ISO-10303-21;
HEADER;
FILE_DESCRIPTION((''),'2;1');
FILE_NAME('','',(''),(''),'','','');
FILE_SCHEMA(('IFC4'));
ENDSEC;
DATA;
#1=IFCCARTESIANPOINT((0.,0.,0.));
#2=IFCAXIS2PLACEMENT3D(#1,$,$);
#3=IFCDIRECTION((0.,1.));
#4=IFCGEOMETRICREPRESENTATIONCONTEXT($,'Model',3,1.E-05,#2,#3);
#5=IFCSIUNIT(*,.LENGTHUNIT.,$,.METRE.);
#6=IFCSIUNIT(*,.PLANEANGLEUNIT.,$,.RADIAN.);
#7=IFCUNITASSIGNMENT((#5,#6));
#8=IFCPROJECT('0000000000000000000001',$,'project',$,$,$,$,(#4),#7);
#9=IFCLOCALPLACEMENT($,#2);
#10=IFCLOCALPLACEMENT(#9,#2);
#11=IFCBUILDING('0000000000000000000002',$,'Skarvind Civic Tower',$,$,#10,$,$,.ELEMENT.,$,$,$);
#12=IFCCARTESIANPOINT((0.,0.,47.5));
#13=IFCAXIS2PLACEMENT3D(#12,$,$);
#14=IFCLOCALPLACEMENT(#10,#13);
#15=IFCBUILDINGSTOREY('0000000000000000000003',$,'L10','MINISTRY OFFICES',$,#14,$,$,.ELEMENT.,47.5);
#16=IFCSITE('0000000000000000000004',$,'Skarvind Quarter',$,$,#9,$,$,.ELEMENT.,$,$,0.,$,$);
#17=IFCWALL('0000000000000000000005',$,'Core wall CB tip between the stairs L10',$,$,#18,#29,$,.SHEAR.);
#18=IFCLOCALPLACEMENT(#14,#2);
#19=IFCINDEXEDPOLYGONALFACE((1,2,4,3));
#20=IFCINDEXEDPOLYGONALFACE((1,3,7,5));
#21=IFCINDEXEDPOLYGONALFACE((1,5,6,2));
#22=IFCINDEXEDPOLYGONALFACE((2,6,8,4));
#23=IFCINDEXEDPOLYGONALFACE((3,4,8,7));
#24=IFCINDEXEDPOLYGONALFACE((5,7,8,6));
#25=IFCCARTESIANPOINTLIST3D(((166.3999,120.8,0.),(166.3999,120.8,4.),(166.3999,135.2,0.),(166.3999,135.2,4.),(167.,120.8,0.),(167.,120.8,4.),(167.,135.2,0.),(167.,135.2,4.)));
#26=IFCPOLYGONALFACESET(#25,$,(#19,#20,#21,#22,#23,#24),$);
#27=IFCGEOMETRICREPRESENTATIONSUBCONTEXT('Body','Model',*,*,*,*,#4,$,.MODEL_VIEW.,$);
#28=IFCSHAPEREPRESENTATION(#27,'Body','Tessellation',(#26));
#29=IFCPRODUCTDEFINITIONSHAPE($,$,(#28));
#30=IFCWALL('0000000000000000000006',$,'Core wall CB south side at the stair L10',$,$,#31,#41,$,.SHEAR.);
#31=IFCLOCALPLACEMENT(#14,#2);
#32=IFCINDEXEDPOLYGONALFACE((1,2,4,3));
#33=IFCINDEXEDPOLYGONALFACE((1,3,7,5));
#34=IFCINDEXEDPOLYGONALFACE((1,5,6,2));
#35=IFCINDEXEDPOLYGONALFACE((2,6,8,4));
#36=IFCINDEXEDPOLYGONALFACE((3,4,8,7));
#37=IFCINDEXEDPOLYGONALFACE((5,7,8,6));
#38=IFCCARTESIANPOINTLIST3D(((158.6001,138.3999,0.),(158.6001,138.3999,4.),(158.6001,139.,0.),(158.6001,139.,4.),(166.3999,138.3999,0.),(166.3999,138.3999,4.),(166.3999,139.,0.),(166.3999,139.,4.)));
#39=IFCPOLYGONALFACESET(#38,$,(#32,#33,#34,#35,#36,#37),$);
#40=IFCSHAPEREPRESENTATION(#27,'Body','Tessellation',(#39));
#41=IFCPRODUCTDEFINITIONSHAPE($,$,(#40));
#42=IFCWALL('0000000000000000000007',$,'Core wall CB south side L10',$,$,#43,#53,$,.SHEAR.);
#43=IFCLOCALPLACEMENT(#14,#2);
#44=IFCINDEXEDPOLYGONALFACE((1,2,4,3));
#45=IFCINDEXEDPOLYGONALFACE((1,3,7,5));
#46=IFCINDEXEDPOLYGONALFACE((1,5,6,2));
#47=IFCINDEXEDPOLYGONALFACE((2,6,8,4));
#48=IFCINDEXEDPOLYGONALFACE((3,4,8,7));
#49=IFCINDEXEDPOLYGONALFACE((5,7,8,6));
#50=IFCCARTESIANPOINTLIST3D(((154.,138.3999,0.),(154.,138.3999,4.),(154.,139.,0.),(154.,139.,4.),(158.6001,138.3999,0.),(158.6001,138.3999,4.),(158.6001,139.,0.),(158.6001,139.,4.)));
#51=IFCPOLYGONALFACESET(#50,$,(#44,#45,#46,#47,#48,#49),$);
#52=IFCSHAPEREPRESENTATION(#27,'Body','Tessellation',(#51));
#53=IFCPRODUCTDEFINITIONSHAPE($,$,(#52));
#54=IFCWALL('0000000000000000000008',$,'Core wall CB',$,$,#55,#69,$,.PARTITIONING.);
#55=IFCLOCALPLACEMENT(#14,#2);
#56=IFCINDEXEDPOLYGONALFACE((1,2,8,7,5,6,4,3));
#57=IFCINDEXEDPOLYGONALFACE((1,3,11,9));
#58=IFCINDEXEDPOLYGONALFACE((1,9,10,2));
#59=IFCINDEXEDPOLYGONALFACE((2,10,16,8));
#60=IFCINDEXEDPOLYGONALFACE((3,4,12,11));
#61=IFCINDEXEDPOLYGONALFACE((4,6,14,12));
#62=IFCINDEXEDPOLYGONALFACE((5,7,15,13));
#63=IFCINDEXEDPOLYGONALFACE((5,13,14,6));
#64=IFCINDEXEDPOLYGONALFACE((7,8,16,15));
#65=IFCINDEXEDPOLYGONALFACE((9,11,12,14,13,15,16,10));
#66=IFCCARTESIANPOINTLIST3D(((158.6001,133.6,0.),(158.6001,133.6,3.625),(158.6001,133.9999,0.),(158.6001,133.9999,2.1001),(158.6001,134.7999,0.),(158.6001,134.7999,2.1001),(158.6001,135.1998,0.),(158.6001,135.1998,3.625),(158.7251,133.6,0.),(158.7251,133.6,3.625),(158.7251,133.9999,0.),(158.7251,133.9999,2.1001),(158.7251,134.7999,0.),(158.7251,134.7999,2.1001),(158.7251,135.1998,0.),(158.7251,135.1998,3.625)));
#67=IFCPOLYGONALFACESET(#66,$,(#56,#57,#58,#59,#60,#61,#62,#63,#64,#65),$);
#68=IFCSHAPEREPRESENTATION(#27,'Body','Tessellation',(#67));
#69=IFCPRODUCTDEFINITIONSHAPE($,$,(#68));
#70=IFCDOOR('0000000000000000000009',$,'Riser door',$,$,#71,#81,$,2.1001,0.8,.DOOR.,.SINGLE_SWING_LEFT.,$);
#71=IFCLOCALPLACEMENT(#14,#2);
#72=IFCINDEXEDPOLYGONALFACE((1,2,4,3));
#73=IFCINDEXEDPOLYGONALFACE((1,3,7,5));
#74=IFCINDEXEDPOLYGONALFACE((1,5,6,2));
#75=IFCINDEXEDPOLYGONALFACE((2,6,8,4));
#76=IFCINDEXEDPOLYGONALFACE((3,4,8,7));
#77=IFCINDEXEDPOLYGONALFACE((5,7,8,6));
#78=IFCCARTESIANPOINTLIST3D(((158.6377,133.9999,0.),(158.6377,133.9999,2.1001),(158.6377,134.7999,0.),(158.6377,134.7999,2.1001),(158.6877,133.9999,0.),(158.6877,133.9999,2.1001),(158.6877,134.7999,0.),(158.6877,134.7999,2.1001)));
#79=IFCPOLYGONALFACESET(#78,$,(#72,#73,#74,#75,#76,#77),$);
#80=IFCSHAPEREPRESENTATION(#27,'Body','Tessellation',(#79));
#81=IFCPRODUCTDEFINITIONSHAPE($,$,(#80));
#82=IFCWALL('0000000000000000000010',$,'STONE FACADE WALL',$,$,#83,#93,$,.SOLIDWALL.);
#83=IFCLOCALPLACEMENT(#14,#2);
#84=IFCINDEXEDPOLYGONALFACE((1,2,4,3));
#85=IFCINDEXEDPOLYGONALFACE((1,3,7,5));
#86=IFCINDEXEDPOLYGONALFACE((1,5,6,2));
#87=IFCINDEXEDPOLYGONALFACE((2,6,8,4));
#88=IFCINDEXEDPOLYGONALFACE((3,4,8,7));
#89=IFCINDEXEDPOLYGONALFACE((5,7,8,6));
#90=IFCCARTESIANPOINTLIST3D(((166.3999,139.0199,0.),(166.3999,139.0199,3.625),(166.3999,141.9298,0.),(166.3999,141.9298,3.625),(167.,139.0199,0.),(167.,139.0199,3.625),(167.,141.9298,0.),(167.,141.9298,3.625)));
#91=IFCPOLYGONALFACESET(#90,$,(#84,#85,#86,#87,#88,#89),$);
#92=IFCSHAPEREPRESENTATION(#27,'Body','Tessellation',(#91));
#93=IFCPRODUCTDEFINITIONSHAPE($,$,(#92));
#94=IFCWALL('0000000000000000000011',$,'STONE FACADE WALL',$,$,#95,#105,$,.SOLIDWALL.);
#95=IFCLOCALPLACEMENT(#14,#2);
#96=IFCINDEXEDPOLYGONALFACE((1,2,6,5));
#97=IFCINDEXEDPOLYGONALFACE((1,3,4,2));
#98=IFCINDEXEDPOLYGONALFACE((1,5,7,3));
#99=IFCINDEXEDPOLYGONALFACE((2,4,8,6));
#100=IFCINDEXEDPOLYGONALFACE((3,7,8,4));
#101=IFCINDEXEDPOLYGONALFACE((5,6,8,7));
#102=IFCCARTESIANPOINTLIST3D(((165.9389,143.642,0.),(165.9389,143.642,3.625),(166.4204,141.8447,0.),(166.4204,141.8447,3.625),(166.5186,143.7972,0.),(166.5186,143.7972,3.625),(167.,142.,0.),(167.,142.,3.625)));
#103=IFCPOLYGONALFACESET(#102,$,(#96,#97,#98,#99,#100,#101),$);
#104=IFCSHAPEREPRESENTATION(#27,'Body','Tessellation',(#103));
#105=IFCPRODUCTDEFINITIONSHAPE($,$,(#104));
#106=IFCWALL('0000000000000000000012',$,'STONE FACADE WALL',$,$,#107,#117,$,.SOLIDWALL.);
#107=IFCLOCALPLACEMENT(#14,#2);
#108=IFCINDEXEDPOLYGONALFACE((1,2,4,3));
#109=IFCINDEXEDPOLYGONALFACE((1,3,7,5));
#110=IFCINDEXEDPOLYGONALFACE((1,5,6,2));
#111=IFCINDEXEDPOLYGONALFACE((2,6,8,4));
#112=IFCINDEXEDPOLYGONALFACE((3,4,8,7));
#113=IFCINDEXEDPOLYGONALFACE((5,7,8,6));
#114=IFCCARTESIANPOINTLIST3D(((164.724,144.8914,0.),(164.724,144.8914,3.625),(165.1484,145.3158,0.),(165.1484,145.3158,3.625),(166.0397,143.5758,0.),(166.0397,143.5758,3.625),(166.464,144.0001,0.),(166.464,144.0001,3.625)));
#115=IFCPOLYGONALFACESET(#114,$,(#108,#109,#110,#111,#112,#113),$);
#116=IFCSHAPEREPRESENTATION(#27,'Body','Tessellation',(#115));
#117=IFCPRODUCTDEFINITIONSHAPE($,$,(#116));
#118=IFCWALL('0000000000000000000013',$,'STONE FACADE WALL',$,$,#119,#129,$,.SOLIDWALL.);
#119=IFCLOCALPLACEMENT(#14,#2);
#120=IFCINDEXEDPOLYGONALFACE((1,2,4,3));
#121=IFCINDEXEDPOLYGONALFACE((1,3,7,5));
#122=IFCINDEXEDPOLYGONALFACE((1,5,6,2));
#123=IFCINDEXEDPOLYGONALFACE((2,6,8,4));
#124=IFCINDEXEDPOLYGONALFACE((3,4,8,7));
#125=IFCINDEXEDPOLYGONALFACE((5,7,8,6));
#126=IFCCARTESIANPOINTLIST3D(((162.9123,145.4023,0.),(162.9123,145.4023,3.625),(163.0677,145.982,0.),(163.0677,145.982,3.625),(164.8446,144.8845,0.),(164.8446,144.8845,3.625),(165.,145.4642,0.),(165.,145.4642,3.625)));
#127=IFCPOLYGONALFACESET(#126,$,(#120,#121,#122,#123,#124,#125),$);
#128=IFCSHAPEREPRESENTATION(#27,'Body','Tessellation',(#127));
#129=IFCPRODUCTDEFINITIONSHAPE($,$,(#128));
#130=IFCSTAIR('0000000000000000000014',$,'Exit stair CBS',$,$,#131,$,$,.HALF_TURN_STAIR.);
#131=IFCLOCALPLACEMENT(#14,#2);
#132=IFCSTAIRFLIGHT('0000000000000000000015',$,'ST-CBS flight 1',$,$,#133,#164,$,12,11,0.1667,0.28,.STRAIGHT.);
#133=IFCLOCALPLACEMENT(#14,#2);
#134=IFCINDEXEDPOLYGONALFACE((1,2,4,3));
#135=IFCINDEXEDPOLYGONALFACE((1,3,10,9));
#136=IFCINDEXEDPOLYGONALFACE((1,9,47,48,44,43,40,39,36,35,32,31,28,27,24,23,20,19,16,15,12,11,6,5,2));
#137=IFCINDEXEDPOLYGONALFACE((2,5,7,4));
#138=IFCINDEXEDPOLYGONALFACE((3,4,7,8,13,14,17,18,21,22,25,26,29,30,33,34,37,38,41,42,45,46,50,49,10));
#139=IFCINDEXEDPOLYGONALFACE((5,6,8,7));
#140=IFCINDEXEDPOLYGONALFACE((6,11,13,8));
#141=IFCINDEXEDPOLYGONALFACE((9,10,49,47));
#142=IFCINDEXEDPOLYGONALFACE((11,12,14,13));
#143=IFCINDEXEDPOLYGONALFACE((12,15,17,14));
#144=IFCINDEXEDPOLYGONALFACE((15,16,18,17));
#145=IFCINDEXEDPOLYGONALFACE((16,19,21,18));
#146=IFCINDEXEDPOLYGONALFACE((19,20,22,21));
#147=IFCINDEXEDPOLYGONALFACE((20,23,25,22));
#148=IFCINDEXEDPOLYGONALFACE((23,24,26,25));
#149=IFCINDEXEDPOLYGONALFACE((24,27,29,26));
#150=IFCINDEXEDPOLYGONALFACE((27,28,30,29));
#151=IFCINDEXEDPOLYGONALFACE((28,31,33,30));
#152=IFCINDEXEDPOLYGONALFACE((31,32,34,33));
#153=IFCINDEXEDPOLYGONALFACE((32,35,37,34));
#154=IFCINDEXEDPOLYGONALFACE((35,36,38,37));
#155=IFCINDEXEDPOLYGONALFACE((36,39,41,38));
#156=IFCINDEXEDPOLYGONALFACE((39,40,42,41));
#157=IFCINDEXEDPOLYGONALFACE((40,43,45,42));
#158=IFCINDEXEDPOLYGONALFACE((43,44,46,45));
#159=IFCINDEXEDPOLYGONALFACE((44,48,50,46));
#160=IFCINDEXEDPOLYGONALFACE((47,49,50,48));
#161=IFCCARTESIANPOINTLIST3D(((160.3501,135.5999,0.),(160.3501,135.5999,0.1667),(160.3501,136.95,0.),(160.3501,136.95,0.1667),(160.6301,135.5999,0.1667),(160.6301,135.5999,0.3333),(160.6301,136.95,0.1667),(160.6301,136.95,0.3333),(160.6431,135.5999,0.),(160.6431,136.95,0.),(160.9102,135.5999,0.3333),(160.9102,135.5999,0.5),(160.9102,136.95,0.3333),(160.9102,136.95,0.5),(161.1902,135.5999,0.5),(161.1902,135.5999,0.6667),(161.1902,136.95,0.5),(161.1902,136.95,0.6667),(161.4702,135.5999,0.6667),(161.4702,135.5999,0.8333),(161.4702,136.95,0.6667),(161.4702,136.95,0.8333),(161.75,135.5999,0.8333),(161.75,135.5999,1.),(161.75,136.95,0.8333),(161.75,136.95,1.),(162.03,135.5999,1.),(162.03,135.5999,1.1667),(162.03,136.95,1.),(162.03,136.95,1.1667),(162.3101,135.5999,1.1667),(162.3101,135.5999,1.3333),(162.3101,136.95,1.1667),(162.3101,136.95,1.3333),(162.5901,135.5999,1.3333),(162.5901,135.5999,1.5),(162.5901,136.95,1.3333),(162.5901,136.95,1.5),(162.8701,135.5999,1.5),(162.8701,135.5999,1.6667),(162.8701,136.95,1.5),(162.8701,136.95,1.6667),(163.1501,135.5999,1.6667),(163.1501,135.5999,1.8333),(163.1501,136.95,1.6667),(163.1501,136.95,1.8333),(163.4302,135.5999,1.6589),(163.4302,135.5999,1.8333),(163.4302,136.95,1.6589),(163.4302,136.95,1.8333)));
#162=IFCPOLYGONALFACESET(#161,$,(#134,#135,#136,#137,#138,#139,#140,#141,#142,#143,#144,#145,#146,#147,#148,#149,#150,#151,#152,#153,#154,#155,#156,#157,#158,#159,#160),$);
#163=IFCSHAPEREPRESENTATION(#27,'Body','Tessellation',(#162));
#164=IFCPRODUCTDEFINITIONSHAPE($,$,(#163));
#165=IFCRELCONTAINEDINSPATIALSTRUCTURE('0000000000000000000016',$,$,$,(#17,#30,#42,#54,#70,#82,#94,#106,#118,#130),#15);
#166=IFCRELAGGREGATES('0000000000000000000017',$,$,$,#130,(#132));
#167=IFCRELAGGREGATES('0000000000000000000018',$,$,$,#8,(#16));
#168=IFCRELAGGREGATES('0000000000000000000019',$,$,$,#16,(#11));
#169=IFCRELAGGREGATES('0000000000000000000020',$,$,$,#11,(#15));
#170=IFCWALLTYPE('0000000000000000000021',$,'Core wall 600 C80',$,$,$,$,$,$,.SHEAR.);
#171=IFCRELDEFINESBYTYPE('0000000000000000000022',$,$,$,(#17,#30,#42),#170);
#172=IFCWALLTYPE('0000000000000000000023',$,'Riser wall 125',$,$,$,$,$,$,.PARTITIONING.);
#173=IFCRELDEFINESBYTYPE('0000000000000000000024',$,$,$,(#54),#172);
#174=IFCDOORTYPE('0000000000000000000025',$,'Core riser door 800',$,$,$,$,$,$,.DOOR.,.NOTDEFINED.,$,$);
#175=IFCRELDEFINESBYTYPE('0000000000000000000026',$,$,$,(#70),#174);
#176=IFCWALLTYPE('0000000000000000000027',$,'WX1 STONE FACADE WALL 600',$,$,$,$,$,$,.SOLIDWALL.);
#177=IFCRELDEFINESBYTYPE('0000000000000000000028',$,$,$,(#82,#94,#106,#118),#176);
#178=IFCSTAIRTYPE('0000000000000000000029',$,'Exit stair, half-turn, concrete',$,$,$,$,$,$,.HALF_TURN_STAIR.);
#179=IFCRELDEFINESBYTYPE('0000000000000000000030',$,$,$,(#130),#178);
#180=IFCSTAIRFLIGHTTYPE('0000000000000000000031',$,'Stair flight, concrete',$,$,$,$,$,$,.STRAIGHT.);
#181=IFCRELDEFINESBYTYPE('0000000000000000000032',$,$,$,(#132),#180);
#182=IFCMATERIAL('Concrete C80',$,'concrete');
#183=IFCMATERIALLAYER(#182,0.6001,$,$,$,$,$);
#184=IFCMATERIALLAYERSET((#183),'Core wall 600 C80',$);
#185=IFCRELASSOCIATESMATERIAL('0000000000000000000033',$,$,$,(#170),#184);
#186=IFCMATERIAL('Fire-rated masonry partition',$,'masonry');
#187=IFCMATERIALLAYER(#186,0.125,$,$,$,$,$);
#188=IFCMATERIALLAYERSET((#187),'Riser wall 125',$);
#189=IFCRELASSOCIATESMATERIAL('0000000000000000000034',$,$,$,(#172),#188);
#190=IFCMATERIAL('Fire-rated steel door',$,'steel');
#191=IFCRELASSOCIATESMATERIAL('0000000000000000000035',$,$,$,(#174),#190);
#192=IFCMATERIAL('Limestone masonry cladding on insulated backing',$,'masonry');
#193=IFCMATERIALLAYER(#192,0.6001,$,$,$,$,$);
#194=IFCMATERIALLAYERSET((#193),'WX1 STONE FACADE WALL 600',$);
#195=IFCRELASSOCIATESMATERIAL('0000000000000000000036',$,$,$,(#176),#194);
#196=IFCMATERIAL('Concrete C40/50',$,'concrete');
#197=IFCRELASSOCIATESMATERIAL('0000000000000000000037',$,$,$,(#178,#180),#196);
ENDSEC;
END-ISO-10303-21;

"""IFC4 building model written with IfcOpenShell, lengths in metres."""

from ifc_helpers import new_model, si_unit, direction, frame, frame_2d, origin, place, context, subcontext, project, spatial, polyline, rectangle, outline, extrude, material, layer, layer_set, type_object, element, fill, aggregate, save


model = new_model("IFC4")

# Units and contexts
model_context = context("Model", 3, precision=1e-05, world=origin(), true_north=direction((0.0, 1.0)))
body_context = subcontext(model_context, "Body", "Model", "MODEL_VIEW")
ifc_project = project(units=[si_unit("LENGTHUNIT", "METRE"), si_unit("PLANEANGLEUNIT", "RADIAN")], contexts=[model_context])

# Site, building, storey
site_placement = place(None, origin())
site = spatial("IfcSite", under=ifc_project, at=site_placement, Name="Skarvind Quarter", CompositionType="ELEMENT", RefElevation=0.0)
building_placement = place(site_placement, origin())
building = spatial("IfcBuilding", under=site, at=building_placement, Name="Skarvind Civic Tower", CompositionType="ELEMENT")
storey_placement = place(building_placement, frame((0.0, 0.0, 47.5)))
storey = spatial("IfcBuildingStorey", under=building, at=storey_placement, Name="L10", Description="MINISTRY OFFICES", CompositionType="ELEMENT", Elevation=47.5)

# Shared definitions
ifc_material_1 = material(Name="Concrete C80", Category="concrete")

# Shared definitions
ifc_material_2 = material(Name="Fire-rated steel door", Category="steel")

# Walls
ifc_layer_1 = layer(ifc_material_1, 0.6001)
ifc_layer_set_1 = layer_set([ifc_layer_1], Name="Core wall 600 C80")
wall_type_1 = type_object("IfcWallType", Name="Core wall 600 C80", PredefinedType="SHEAR", material=ifc_layer_set_1)
wall_1_placement = place(storey_placement, frame((166.7, 135.2, 0.0), z_axis=(0.0, 0.0, 1.0), x_axis=(0.0, -1.0, 0.0)))
element("IfcWall", 1, at=wall_1_placement, inside=storey, type_object=wall_type_1, Name="Core wall CB tip between the stairs L10", PredefinedType="SHEAR", context=body_context, shape_type="SweptSolid", body=[
    extrude(rectangle(XDim=14.3999, YDim=0.6001, at=frame_2d((7.2, 0.0))), origin(), (0.0, 0.0, 1.0), 4.0),
])
wall_2_placement = place(storey_placement, frame((166.3999, 138.7, 0.0), z_axis=(0.0, 0.0, 1.0), x_axis=(-1.0, 0.0, 0.0)))
element("IfcWall", 2, at=wall_2_placement, inside=storey, type_object=wall_type_1, Name="Core wall CB south side at the stair L10", PredefinedType="SHEAR", context=body_context, shape_type="SweptSolid", body=[
    extrude(rectangle(XDim=7.7998, YDim=0.6001, at=frame_2d((3.8999, 0.0))), origin(), (0.0, 0.0, 1.0), 4.0),
])
wall_3_placement = place(storey_placement, frame((158.6001, 138.7, 0.0), z_axis=(0.0, 0.0, 1.0), x_axis=(-1.0, 0.0, 0.0)))
element("IfcWall", 3, at=wall_3_placement, inside=storey, type_object=wall_type_1, Name="Core wall CB south side L10", PredefinedType="SHEAR", context=body_context, shape_type="SweptSolid", body=[
    extrude(rectangle(XDim=4.6001, YDim=0.6001, at=frame_2d((2.3, 0.0))), origin(), (0.0, 0.0, 1.0), 4.0),
])

# Wall, opening, door
ifc_material_3 = material(Name="Fire-rated masonry partition", Category="masonry")
ifc_layer_2 = layer(ifc_material_3, 0.125)
ifc_layer_set_2 = layer_set([ifc_layer_2], Name="Riser wall 125")
wall_type_2 = type_object("IfcWallType", Name="Riser wall 125", PredefinedType="PARTITIONING", material=ifc_layer_set_2)
wall_4_placement = place(storey_placement, frame((158.6626, 133.6001, 0.0), z_axis=(0.0, 0.0, 1.0), x_axis=(0.0, 1.0, 0.0)))
wall_4 = element("IfcWall", 4, at=wall_4_placement, inside=storey, type_object=wall_type_2, Name="Core wall CB", PredefinedType="PARTITIONING", context=body_context, shape_type="SweptSolid", body=[
    extrude(rectangle(XDim=1.5999, YDim=0.125, at=frame_2d((0.7998, 0.0))), origin(), (0.0, 0.0, 1.0), 3.625),
])
opening_1_placement = place(wall_4_placement, frame((0.3999, 0.0, 0.0)))
opening_1 = element("IfcOpeningElement", 5, at=opening_1_placement, cuts=wall_4, PredefinedType="OPENING", context=body_context, shape_type="SweptSolid", body=[
    extrude(rectangle(XDim=0.8, YDim=2.1001, at=frame_2d((0.3999, 1.05))), frame((0.0, 0.0725, 0.0), z_axis=(0.0, -1.0, 0.0), x_axis=(1.0, 0.0, 0.0)), (0.0, 0.0, 1.0), 0.145),
])
door_type_1 = type_object("IfcDoorType", Name="Core riser door 800", OperationType="NOTDEFINED", PredefinedType="DOOR", material=ifc_material_2)
door_1_placement = place(opening_1_placement, origin())
door_1 = element("IfcDoor", 6, at=door_1_placement, inside=storey, type_object=door_type_1, Name="Riser door", OperationType="SINGLE_SWING_LEFT", OverallHeight=2.1001, OverallWidth=0.8, PredefinedType="DOOR", context=body_context, shape_type="SweptSolid", body=[
    extrude(rectangle(XDim=0.8, YDim=2.1001, at=frame_2d((0.3999, 1.05))), frame((0.0, 0.0249, 0.0), z_axis=(0.0, -1.0, 0.0), x_axis=(1.0, 0.0, 0.0)), (0.0, 0.0, 1.0), 0.05),
])
fill(opening_1, door_1)

# Walls
ifc_material_4 = material(Name="Limestone masonry cladding on insulated backing", Category="masonry")
ifc_layer_3 = layer(ifc_material_4, 0.6001)
ifc_layer_set_3 = layer_set([ifc_layer_3], Name="WX1 STONE FACADE WALL 600")
wall_type_3 = type_object("IfcWallType", Name="WX1 STONE FACADE WALL 600", PredefinedType="SOLIDWALL", material=ifc_layer_set_3)
wall_5_placement = place(storey_placement, frame((166.7, 141.9299, 0.0), z_axis=(0.0, 0.0, 1.0), x_axis=(0.0, -1.0, 0.0)))
element("IfcWall", 7, at=wall_5_placement, inside=storey, type_object=wall_type_3, Name="STONE FACADE WALL", PredefinedType="SOLIDWALL", context=body_context, shape_type="SweptSolid", body=[
    extrude(rectangle(XDim=2.9099, YDim=0.6001, at=frame_2d((1.4551, 0.0))), origin(), (0.0, 0.0, 1.0), 3.625),
])
for number, where, z_axis, x_axis, name in (
    (8, (166.2288, 143.7195, 0.0), (0.0, 0.0, 1.0), (0.258773, -0.965938, 0.0), "STONE FACADE WALL"),
    (9, (164.9363, 145.1035, 0.0), (0.0, 0.0, 1.0), (0.707107, -0.707107, 0.0), "STONE FACADE WALL"),
):
    element("IfcWall", number, at=place(storey_placement, frame(where, z_axis=z_axis, x_axis=x_axis)), inside=storey, type_object=wall_type_3, Name=name, PredefinedType="SOLIDWALL", context=body_context, shape_type="SweptSolid", body=[
        extrude(rectangle(XDim=1.8606, YDim=0.6001, at=frame_2d((0.9302, 0.0))), origin(), (0.0, 0.0, 1.0), 3.625),
    ])
wall_6_placement = place(storey_placement, frame((162.99, 145.6921, 0.0), z_axis=(0.0, 0.0, 1.0), x_axis=(0.96592, -0.25884, 0.0)))
element("IfcWall", 10, at=wall_6_placement, inside=storey, type_object=wall_type_3, Name="STONE FACADE WALL", PredefinedType="SOLIDWALL", context=body_context, shape_type="SweptSolid", body=[
    extrude(rectangle(XDim=2.0005, YDim=0.6001, at=frame_2d((1.0002, 0.0))), origin(), (0.0, 0.0, 1.0), 3.625),
])

# Stair, stair flight
ifc_material_5 = material(Name="Concrete C40/50", Category="concrete")
stair_type = type_object("IfcStairType", Name="Exit stair, half-turn, concrete", PredefinedType="HALF_TURN_STAIR", material=ifc_material_5)
stair_placement = place(storey_placement, origin())
stair = element("IfcStair", 11, at=stair_placement, inside=storey, type_object=stair_type, Name="Exit stair CBS", PredefinedType="HALF_TURN_STAIR")
stair_flight_type = type_object("IfcStairFlightType", Name="Stair flight, concrete", PredefinedType="STRAIGHT", material=ifc_material_5)
stair_flight_1_placement = place(storey_placement, frame((160.3501, 136.2749, 0.0), z_axis=(0.0, 0.0, 1.0), x_axis=(1.0, 0.0, 0.0)))
stair_flight_1 = element("IfcStairFlight", 12, at=stair_flight_1_placement, type_object=stair_flight_type, Name="ST-CBS flight 1", NumberOfRisers=12, NumberOfTreads=11, PredefinedType="STRAIGHT", RiserHeight=0.1667, TreadLength=0.28, context=body_context, shape_type="SweptSolid", body=[
    extrude(outline(polyline([(0.0, 0.0), (0.0, 0.1667), (0.28, 0.1667), (0.28, 0.3333), (0.5601, 0.3333), (0.5601, 0.5), (0.8401, 0.5), (0.8401, 0.6667), (1.1201, 0.6667), (1.1201, 0.8333), (1.3999, 0.8333), (1.3999, 1.0), (1.6799, 1.0), (1.6799, 1.1667), (1.96, 1.1667), (1.96, 1.3333), (2.24, 1.3333), (2.24, 1.5), (2.52, 1.5), (2.52, 1.6667), (2.8, 1.6667), (2.8, 1.8333), (3.0801, 1.8333), (3.0801, 2.0), (3.0801, 1.6589), (0.293, 0.0), (0.0, 0.0)])), frame((0.0, 0.675, 0.0), z_axis=(0.0, -1.0, 0.0), x_axis=(1.0, 0.0, 0.0)), (0.0, 0.0, 1.0), 1.3501),
])
aggregate(stair, [stair_flight_1])

save(model, "model.ifc")
